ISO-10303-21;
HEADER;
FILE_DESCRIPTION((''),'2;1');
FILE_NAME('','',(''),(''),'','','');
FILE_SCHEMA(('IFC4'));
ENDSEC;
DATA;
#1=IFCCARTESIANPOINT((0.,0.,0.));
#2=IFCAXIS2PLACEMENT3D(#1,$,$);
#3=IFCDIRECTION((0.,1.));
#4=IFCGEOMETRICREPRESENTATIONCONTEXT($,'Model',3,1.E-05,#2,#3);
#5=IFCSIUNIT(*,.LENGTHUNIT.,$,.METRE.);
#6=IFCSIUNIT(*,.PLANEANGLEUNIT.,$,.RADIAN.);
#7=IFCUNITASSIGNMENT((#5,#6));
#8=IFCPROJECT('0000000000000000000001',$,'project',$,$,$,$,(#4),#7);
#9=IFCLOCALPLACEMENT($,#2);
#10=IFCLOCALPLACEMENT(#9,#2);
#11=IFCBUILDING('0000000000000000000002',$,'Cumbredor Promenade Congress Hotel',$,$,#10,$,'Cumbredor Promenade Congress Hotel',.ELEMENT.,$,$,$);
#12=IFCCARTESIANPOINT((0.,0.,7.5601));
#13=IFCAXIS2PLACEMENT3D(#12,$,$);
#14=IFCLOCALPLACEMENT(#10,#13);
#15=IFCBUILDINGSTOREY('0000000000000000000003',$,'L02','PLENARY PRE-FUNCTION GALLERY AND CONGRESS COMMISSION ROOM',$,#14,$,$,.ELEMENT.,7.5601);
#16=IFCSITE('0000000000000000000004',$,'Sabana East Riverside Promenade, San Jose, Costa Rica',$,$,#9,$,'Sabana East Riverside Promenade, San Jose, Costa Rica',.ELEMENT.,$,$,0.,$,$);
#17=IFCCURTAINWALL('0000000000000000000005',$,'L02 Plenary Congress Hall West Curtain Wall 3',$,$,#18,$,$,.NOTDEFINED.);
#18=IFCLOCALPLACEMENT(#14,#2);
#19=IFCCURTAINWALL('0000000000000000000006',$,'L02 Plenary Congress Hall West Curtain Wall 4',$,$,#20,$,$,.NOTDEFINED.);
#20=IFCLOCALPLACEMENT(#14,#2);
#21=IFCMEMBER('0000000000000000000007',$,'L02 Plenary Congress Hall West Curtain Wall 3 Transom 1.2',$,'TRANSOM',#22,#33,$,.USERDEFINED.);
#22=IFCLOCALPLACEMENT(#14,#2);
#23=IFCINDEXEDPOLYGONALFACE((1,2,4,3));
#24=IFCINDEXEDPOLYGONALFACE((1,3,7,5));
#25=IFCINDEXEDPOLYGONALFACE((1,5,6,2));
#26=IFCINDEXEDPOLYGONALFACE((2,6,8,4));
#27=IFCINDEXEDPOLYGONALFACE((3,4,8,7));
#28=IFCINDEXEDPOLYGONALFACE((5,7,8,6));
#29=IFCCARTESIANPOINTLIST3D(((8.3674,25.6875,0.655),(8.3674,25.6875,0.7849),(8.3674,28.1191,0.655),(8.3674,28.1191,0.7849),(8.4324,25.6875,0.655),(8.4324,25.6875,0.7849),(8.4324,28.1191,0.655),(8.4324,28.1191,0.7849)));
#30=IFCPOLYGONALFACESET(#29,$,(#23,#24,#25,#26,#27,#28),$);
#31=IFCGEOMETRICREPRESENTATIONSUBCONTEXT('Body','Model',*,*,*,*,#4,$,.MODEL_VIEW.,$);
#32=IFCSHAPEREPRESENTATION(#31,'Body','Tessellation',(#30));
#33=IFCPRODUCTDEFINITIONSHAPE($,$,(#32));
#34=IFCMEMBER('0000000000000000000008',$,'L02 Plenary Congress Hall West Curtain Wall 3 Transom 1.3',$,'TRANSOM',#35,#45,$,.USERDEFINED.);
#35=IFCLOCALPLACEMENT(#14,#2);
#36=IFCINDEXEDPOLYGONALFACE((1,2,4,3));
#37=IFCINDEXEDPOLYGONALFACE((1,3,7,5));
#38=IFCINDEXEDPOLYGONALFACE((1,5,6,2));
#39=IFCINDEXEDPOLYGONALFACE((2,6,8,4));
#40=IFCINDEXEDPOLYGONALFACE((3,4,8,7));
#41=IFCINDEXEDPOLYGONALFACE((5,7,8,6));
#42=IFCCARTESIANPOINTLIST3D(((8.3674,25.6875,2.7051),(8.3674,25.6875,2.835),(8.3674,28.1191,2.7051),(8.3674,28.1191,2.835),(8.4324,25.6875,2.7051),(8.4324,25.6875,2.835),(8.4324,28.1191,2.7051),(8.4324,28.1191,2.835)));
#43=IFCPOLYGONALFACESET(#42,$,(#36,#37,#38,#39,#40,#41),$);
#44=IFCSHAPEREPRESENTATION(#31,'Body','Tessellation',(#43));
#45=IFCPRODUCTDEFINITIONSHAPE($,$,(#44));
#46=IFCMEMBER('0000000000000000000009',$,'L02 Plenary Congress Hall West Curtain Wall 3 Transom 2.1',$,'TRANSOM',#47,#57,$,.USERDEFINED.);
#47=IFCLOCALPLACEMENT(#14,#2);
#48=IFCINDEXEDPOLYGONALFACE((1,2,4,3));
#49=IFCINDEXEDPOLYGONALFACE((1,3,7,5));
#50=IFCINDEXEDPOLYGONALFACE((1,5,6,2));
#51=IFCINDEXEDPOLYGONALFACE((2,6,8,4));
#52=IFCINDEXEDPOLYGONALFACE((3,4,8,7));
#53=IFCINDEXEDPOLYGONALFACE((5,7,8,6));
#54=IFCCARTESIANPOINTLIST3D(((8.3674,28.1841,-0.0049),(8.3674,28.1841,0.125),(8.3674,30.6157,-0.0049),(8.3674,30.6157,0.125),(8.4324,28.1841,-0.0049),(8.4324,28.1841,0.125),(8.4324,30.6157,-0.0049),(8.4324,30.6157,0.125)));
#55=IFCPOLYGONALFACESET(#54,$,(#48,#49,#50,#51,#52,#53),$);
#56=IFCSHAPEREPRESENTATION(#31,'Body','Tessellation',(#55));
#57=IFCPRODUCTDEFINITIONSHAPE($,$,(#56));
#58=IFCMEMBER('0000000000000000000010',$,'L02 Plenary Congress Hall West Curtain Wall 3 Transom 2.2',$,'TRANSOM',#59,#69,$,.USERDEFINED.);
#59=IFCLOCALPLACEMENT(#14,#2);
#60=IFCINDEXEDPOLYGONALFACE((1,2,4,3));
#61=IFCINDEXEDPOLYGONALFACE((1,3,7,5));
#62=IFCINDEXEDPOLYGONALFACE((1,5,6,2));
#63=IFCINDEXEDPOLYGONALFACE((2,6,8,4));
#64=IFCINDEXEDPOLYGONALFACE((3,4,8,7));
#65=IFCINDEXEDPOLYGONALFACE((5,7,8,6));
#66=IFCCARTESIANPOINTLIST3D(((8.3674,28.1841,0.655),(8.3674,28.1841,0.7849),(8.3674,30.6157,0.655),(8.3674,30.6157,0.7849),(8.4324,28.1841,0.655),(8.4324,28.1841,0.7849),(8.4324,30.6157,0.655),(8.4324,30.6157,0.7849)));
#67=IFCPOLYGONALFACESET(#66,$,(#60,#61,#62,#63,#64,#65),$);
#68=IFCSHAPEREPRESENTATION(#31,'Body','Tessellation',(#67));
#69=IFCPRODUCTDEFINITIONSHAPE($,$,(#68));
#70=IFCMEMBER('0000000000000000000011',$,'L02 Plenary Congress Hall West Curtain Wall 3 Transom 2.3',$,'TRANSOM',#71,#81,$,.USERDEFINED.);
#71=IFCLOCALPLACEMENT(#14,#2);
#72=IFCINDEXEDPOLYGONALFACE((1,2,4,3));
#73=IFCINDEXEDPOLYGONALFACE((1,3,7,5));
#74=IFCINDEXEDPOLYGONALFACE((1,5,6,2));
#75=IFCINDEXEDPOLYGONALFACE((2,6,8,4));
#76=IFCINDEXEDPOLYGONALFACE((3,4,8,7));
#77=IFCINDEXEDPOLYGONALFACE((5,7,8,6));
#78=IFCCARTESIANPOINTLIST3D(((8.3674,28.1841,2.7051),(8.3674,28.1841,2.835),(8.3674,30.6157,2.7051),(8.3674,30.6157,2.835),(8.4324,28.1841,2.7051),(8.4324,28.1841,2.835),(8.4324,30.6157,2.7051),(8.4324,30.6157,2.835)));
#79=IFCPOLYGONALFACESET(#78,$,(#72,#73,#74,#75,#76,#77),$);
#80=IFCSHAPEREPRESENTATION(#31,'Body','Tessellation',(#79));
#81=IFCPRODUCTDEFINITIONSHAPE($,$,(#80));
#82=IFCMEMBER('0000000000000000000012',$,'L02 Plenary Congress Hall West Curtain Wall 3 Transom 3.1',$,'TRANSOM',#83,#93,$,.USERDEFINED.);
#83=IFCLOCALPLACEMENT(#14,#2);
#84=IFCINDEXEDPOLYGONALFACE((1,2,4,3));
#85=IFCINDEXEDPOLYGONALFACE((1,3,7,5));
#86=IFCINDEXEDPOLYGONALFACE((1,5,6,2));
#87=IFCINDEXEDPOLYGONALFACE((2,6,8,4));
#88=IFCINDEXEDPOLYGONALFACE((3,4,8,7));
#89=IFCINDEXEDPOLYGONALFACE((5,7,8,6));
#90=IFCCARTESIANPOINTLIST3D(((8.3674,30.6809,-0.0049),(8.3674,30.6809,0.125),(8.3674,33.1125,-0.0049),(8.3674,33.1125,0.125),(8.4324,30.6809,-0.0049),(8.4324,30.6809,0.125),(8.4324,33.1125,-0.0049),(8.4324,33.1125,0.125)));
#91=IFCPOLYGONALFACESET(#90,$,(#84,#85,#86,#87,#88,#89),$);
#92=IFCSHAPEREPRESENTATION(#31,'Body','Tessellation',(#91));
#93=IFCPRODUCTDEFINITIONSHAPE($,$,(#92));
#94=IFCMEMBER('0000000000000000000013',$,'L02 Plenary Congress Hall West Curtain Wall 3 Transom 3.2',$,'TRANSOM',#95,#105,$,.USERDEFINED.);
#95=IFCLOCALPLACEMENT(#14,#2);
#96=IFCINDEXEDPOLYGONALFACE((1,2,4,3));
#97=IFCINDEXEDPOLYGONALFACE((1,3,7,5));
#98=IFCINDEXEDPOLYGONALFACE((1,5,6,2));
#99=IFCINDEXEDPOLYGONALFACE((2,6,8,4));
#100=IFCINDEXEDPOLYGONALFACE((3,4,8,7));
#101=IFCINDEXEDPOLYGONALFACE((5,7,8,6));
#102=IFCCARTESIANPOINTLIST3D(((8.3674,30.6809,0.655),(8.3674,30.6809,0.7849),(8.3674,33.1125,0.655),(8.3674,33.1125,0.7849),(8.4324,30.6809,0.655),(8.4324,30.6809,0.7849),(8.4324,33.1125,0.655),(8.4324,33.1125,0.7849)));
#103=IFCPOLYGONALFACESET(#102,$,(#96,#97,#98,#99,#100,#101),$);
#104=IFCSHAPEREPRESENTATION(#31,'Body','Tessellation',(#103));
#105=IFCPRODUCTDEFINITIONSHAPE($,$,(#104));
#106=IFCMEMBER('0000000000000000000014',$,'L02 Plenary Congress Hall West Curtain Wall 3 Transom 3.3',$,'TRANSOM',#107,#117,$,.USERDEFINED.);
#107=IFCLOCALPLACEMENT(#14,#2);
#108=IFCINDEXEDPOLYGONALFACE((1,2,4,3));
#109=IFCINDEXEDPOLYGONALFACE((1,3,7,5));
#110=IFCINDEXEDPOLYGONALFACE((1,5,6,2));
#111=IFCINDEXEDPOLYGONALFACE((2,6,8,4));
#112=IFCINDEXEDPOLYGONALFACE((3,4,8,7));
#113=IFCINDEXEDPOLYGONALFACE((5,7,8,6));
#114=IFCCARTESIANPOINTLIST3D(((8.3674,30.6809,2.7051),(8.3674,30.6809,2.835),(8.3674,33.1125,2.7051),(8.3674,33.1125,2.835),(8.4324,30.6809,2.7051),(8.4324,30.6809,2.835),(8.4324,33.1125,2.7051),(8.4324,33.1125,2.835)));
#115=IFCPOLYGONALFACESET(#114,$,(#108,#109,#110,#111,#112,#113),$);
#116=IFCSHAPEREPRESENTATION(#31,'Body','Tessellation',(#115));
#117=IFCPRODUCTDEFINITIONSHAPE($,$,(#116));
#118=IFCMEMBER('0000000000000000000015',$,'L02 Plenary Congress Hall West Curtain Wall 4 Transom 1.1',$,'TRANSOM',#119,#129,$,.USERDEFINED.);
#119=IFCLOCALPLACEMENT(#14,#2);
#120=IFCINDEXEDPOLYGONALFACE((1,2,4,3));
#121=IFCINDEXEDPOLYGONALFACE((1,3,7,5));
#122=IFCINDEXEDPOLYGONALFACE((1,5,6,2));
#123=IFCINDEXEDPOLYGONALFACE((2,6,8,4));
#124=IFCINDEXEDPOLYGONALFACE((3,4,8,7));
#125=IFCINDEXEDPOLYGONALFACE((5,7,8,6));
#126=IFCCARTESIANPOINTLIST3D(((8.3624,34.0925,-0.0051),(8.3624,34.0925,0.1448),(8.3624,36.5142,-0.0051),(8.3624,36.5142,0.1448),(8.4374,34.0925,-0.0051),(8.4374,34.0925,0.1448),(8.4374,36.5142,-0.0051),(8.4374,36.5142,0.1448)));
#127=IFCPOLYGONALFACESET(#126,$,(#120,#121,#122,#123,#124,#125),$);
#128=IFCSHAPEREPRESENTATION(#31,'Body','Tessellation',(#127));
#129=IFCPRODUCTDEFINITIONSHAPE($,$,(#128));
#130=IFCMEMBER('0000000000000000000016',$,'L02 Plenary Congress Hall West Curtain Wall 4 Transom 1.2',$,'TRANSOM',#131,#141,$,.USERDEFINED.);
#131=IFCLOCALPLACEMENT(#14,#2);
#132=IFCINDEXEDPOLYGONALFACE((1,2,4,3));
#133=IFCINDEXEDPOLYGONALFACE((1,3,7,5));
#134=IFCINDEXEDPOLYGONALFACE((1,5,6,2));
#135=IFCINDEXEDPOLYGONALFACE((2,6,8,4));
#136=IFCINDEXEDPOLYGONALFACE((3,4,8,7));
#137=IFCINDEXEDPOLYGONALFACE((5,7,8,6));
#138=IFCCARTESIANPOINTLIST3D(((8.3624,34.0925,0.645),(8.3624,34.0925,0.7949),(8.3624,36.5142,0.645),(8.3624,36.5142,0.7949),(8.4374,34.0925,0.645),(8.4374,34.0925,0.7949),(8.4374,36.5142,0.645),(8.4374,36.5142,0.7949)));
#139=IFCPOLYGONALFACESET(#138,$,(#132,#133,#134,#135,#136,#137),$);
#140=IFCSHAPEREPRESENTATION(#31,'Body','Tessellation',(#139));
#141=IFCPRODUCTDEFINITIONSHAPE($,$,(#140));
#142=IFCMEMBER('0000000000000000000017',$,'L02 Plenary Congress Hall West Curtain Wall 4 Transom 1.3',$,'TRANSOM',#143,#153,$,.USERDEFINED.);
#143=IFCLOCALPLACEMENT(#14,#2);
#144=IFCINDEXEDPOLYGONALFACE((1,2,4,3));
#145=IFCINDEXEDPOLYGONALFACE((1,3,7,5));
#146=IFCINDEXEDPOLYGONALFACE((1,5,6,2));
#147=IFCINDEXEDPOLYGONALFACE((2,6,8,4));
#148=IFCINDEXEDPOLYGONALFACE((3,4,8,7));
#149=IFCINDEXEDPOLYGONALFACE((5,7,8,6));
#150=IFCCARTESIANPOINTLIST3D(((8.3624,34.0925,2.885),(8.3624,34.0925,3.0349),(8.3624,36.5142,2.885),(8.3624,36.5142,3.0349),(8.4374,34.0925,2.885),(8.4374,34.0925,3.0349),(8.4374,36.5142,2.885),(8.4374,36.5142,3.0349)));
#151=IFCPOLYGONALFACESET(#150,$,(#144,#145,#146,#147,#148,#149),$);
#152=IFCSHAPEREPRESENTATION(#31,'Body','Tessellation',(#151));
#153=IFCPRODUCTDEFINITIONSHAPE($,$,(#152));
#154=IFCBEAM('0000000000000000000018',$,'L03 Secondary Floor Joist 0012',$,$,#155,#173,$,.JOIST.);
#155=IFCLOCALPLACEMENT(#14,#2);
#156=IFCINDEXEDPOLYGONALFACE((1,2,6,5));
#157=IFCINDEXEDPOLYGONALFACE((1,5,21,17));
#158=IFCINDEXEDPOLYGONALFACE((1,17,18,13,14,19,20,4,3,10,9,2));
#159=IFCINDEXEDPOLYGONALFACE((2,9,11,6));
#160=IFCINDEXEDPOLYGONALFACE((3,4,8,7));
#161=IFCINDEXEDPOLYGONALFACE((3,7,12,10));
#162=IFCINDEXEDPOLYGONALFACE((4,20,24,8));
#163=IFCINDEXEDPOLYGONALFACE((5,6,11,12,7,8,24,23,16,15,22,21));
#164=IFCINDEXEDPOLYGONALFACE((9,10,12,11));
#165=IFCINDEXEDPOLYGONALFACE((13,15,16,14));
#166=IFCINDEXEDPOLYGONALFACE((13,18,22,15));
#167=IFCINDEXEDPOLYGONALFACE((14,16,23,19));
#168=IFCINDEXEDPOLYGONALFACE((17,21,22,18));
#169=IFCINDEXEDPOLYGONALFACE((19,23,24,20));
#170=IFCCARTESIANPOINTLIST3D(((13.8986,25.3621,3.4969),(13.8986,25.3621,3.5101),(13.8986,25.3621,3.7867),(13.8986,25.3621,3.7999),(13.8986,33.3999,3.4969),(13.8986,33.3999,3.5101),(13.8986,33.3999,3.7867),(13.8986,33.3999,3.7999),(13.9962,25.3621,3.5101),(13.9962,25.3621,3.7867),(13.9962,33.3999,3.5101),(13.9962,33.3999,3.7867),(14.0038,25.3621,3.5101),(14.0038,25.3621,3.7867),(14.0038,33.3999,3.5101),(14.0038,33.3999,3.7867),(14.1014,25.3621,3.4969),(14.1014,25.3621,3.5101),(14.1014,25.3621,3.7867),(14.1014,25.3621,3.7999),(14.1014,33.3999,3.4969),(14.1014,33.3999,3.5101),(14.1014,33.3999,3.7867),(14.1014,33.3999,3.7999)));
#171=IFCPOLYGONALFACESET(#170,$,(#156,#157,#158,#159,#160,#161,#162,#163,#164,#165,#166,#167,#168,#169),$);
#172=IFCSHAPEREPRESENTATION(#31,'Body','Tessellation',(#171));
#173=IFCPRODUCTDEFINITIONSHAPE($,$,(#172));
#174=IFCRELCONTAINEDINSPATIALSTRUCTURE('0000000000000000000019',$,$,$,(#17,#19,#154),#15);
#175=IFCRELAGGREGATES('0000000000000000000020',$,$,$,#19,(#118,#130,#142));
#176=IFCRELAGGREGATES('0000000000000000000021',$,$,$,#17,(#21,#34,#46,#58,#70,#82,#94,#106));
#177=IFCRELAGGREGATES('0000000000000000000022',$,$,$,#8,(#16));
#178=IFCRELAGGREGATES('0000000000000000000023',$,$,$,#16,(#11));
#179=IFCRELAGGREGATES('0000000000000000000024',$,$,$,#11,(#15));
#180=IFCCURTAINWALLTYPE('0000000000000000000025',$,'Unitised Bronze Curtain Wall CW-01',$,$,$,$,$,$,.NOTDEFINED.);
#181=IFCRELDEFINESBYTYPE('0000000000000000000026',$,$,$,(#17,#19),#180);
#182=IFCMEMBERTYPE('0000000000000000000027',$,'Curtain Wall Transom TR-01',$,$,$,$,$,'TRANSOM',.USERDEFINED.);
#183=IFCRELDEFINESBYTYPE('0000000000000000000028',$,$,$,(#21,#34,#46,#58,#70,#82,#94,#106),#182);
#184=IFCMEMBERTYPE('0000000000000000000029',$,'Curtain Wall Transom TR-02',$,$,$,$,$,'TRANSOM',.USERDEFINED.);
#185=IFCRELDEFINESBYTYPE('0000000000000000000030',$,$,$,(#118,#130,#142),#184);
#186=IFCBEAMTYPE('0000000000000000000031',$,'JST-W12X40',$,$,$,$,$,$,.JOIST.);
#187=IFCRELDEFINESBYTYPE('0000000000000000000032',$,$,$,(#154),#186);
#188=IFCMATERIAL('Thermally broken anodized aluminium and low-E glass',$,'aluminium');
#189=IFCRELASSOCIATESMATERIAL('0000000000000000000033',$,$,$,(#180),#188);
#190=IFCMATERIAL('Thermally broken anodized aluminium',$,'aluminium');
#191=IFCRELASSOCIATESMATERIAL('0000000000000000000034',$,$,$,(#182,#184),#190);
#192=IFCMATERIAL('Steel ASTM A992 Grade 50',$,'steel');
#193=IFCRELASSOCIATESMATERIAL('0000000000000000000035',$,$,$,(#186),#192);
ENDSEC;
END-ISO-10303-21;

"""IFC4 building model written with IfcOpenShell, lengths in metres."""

from ifc_helpers import new_model, si_unit, direction, frame, origin, origin_2d, place, context, subcontext, project, spatial, rectangle, i_section, extrude, material, material_profile, profile_set, type_object, element, aggregate, save


model = new_model("IFC4")

# Units and contexts
model_context = context("Model", 3, precision=1e-05, world=origin(), true_north=direction((0.0, 1.0)))
body_context = subcontext(model_context, "Body", "Model", "MODEL_VIEW")
ifc_project = project(units=[si_unit("LENGTHUNIT", "METRE"), si_unit("PLANEANGLEUNIT", "RADIAN")], contexts=[model_context])

# Site, building, storey
site_placement = place(None, origin())
site = spatial("IfcSite", under=ifc_project, at=site_placement, Name="Sabana East Riverside Promenade, San Jose, Costa Rica", LongName="Sabana East Riverside Promenade, San Jose, Costa Rica", CompositionType="ELEMENT", RefElevation=0.0)
building_placement = place(site_placement, origin())
building = spatial("IfcBuilding", under=site, at=building_placement, Name="Cumbredor Promenade Congress Hotel", LongName="Cumbredor Promenade Congress Hotel", CompositionType="ELEMENT")
storey_placement = place(building_placement, frame((0.0, 0.0, 7.5601)))
storey = spatial("IfcBuildingStorey", under=building, at=storey_placement, Name="L02", Description="PLENARY PRE-FUNCTION GALLERY AND CONGRESS COMMISSION ROOM", CompositionType="ELEMENT", Elevation=7.5601)

# Curtain wall
ifc_material_1 = material(Name="Thermally broken anodized aluminium and low-E glass", Category="aluminium")
curtain_wall_type = type_object("IfcCurtainWallType", Name="Unitised Bronze Curtain Wall CW-01", PredefinedType="NOTDEFINED", material=ifc_material_1)
curtain_wall_1_placement = place(storey_placement, origin())
curtain_wall_1 = element("IfcCurtainWall", 1, at=curtain_wall_1_placement, inside=storey, type_object=curtain_wall_type, Name="L02 Plenary Congress Hall West Curtain Wall 3", PredefinedType="NOTDEFINED")
ifc_material_2 = material(Name="Thermally broken anodized aluminium", Category="aluminium")

# Curtain wall
curtain_wall_2_placement = place(storey_placement, origin())
curtain_wall_2 = element("IfcCurtainWall", 2, at=curtain_wall_2_placement, inside=storey, type_object=curtain_wall_type, Name="L02 Plenary Congress Hall West Curtain Wall 4", PredefinedType="NOTDEFINED")

# Members
ifc_material_profile_1 = material_profile(ifc_material_2, rectangle(XDim=0.0649, YDim=0.1299, at=origin_2d()), Name="ALU TRANSOM 65x130")
ifc_profile_set_1 = profile_set([ifc_material_profile_1], Name="Thermally broken anodized aluminium")
member_type_1 = type_object("IfcMemberType", Name="Curtain Wall Transom TR-01", ElementType="TRANSOM", PredefinedType="USERDEFINED", material=ifc_profile_set_1)
member_1_placement = place(storey_placement, frame((8.3999, 25.6875, 0.72), z_axis=(0.0, 1.0, 0.0), x_axis=(-1.0, 0.0, 0.0)))
member_1 = element("IfcMember", 3, at=member_1_placement, type_object=member_type_1, Name="L02 Plenary Congress Hall West Curtain Wall 3 Transom 1.2", ObjectType="TRANSOM", PredefinedType="USERDEFINED", context=body_context, shape_type="SweptSolid", body=[
    extrude(rectangle(XDim=0.0649, YDim=0.1299, at=origin_2d()), origin(), (0.0, 0.0, 1.0), 2.4316),
])
member_2_placement = place(storey_placement, frame((8.3999, 25.6875, 2.77), z_axis=(0.0, 1.0, 0.0), x_axis=(-1.0, 0.0, 0.0)))
member_2 = element("IfcMember", 4, at=member_2_placement, type_object=member_type_1, Name="L02 Plenary Congress Hall West Curtain Wall 3 Transom 1.3", ObjectType="TRANSOM", PredefinedType="USERDEFINED", context=body_context, shape_type="SweptSolid", body=[
    extrude(rectangle(XDim=0.0649, YDim=0.1299, at=origin_2d()), origin(), (0.0, 0.0, 1.0), 2.4316),
])
member_3_placement = place(storey_placement, frame((8.3999, 28.1841, 0.0601), z_axis=(0.0, 1.0, 0.0), x_axis=(-1.0, 0.0, 0.0)))
member_3 = element("IfcMember", 5, at=member_3_placement, type_object=member_type_1, Name="L02 Plenary Congress Hall West Curtain Wall 3 Transom 2.1", ObjectType="TRANSOM", PredefinedType="USERDEFINED", context=body_context, shape_type="SweptSolid", body=[
    extrude(rectangle(XDim=0.0649, YDim=0.1299, at=origin_2d()), origin(), (0.0, 0.0, 1.0), 2.4316),
])
member_4_placement = place(storey_placement, frame((8.3999, 28.1841, 0.72), z_axis=(0.0, 1.0, 0.0), x_axis=(-1.0, 0.0, 0.0)))
member_4 = element("IfcMember", 6, at=member_4_placement, type_object=member_type_1, Name="L02 Plenary Congress Hall West Curtain Wall 3 Transom 2.2", ObjectType="TRANSOM", PredefinedType="USERDEFINED", context=body_context, shape_type="SweptSolid", body=[
    extrude(rectangle(XDim=0.0649, YDim=0.1299, at=origin_2d()), origin(), (0.0, 0.0, 1.0), 2.4316),
])
member_5_placement = place(storey_placement, frame((8.3999, 28.1841, 2.77), z_axis=(0.0, 1.0, 0.0), x_axis=(-1.0, 0.0, 0.0)))
member_5 = element("IfcMember", 7, at=member_5_placement, type_object=member_type_1, Name="L02 Plenary Congress Hall West Curtain Wall 3 Transom 2.3", ObjectType="TRANSOM", PredefinedType="USERDEFINED", context=body_context, shape_type="SweptSolid", body=[
    extrude(rectangle(XDim=0.0649, YDim=0.1299, at=origin_2d()), origin(), (0.0, 0.0, 1.0), 2.4316),
])
member_6_placement = place(storey_placement, frame((8.3999, 30.6809, 0.0601), z_axis=(0.0, 1.0, 0.0), x_axis=(-1.0, 0.0, 0.0)))
member_6 = element("IfcMember", 8, at=member_6_placement, type_object=member_type_1, Name="L02 Plenary Congress Hall West Curtain Wall 3 Transom 3.1", ObjectType="TRANSOM", PredefinedType="USERDEFINED", context=body_context, shape_type="SweptSolid", body=[
    extrude(rectangle(XDim=0.0649, YDim=0.1299, at=origin_2d()), origin(), (0.0, 0.0, 1.0), 2.4316),
])
member_7_placement = place(storey_placement, frame((8.3999, 30.6809, 0.72), z_axis=(0.0, 1.0, 0.0), x_axis=(-1.0, 0.0, 0.0)))
member_7 = element("IfcMember", 9, at=member_7_placement, type_object=member_type_1, Name="L02 Plenary Congress Hall West Curtain Wall 3 Transom 3.2", ObjectType="TRANSOM", PredefinedType="USERDEFINED", context=body_context, shape_type="SweptSolid", body=[
    extrude(rectangle(XDim=0.0649, YDim=0.1299, at=origin_2d()), origin(), (0.0, 0.0, 1.0), 2.4316),
])
member_8_placement = place(storey_placement, frame((8.3999, 30.6809, 2.77), z_axis=(0.0, 1.0, 0.0), x_axis=(-1.0, 0.0, 0.0)))
member_8 = element("IfcMember", 10, at=member_8_placement, type_object=member_type_1, Name="L02 Plenary Congress Hall West Curtain Wall 3 Transom 3.3", ObjectType="TRANSOM", PredefinedType="USERDEFINED", context=body_context, shape_type="SweptSolid", body=[
    extrude(rectangle(XDim=0.0649, YDim=0.1299, at=origin_2d()), origin(), (0.0, 0.0, 1.0), 2.4316),
])
ifc_material_profile_2 = material_profile(ifc_material_2, rectangle(XDim=0.075, YDim=0.1499, at=origin_2d()), Name="ALU TRANSOM 75x150")
ifc_profile_set_2 = profile_set([ifc_material_profile_2], Name="Thermally broken anodized aluminium")
member_type_2 = type_object("IfcMemberType", Name="Curtain Wall Transom TR-02", ElementType="TRANSOM", PredefinedType="USERDEFINED", material=ifc_profile_set_2)
member_9_placement = place(storey_placement, frame((8.3999, 34.0925, 0.0698), z_axis=(0.0, 1.0, 0.0), x_axis=(-1.0, 0.0, 0.0)))
member_9 = element("IfcMember", 11, at=member_9_placement, type_object=member_type_2, Name="L02 Plenary Congress Hall West Curtain Wall 4 Transom 1.1", ObjectType="TRANSOM", PredefinedType="USERDEFINED", context=body_context, shape_type="SweptSolid", body=[
    extrude(rectangle(XDim=0.075, YDim=0.1499, at=origin_2d()), origin(), (0.0, 0.0, 1.0), 2.4216),
])
member_10_placement = place(storey_placement, frame((8.3999, 34.0925, 0.72), z_axis=(0.0, 1.0, 0.0), x_axis=(-1.0, 0.0, 0.0)))
member_10 = element("IfcMember", 12, at=member_10_placement, type_object=member_type_2, Name="L02 Plenary Congress Hall West Curtain Wall 4 Transom 1.2", ObjectType="TRANSOM", PredefinedType="USERDEFINED", context=body_context, shape_type="SweptSolid", body=[
    extrude(rectangle(XDim=0.075, YDim=0.1499, at=origin_2d()), origin(), (0.0, 0.0, 1.0), 2.4216),
])
member_11_placement = place(storey_placement, frame((8.3999, 34.0925, 2.96), z_axis=(0.0, 1.0, 0.0), x_axis=(-1.0, 0.0, 0.0)))
member_11 = element("IfcMember", 13, at=member_11_placement, type_object=member_type_2, Name="L02 Plenary Congress Hall West Curtain Wall 4 Transom 1.3", ObjectType="TRANSOM", PredefinedType="USERDEFINED", context=body_context, shape_type="SweptSolid", body=[
    extrude(rectangle(XDim=0.075, YDim=0.1499, at=origin_2d()), origin(), (0.0, 0.0, 1.0), 2.4216),
])
aggregate(curtain_wall_2, [member_9, member_10, member_11])

# Beam
ifc_material_3 = material(Name="Steel ASTM A992 Grade 50", Category="steel")
ifc_material_profile_3 = material_profile(ifc_material_3, i_section(OverallWidth=0.2029, OverallDepth=0.303, WebThickness=0.0076, FlangeThickness=0.0132, at=origin_2d()), Name="W12X40")
ifc_profile_set_3 = profile_set([ifc_material_profile_3], Name="Steel ASTM A992 Grade 50")
beam_type_1 = type_object("IfcBeamType", Name="JST-W12X40", PredefinedType="JOIST", material=ifc_profile_set_3)
beam_1_placement = place(storey_placement, frame((14.0, 25.3621, 3.6484), z_axis=(0.0, 1.0, 0.0), x_axis=(-1.0, 0.0, 0.0)))
element("IfcBeam", 14, at=beam_1_placement, inside=storey, type_object=beam_type_1, Name="L03 Secondary Floor Joist 0012", PredefinedType="JOIST", context=body_context, shape_type="SweptSolid", body=[
    extrude(i_section(OverallWidth=0.2029, OverallDepth=0.303, WebThickness=0.0076, FlangeThickness=0.0132, at=origin_2d()), origin(), (0.0, 0.0, 1.0), 8.0378),
])

aggregate(curtain_wall_1, [member_1, member_2, member_3, member_4, member_5, member_6, member_7, member_8])

save(model, "model.ifc")
